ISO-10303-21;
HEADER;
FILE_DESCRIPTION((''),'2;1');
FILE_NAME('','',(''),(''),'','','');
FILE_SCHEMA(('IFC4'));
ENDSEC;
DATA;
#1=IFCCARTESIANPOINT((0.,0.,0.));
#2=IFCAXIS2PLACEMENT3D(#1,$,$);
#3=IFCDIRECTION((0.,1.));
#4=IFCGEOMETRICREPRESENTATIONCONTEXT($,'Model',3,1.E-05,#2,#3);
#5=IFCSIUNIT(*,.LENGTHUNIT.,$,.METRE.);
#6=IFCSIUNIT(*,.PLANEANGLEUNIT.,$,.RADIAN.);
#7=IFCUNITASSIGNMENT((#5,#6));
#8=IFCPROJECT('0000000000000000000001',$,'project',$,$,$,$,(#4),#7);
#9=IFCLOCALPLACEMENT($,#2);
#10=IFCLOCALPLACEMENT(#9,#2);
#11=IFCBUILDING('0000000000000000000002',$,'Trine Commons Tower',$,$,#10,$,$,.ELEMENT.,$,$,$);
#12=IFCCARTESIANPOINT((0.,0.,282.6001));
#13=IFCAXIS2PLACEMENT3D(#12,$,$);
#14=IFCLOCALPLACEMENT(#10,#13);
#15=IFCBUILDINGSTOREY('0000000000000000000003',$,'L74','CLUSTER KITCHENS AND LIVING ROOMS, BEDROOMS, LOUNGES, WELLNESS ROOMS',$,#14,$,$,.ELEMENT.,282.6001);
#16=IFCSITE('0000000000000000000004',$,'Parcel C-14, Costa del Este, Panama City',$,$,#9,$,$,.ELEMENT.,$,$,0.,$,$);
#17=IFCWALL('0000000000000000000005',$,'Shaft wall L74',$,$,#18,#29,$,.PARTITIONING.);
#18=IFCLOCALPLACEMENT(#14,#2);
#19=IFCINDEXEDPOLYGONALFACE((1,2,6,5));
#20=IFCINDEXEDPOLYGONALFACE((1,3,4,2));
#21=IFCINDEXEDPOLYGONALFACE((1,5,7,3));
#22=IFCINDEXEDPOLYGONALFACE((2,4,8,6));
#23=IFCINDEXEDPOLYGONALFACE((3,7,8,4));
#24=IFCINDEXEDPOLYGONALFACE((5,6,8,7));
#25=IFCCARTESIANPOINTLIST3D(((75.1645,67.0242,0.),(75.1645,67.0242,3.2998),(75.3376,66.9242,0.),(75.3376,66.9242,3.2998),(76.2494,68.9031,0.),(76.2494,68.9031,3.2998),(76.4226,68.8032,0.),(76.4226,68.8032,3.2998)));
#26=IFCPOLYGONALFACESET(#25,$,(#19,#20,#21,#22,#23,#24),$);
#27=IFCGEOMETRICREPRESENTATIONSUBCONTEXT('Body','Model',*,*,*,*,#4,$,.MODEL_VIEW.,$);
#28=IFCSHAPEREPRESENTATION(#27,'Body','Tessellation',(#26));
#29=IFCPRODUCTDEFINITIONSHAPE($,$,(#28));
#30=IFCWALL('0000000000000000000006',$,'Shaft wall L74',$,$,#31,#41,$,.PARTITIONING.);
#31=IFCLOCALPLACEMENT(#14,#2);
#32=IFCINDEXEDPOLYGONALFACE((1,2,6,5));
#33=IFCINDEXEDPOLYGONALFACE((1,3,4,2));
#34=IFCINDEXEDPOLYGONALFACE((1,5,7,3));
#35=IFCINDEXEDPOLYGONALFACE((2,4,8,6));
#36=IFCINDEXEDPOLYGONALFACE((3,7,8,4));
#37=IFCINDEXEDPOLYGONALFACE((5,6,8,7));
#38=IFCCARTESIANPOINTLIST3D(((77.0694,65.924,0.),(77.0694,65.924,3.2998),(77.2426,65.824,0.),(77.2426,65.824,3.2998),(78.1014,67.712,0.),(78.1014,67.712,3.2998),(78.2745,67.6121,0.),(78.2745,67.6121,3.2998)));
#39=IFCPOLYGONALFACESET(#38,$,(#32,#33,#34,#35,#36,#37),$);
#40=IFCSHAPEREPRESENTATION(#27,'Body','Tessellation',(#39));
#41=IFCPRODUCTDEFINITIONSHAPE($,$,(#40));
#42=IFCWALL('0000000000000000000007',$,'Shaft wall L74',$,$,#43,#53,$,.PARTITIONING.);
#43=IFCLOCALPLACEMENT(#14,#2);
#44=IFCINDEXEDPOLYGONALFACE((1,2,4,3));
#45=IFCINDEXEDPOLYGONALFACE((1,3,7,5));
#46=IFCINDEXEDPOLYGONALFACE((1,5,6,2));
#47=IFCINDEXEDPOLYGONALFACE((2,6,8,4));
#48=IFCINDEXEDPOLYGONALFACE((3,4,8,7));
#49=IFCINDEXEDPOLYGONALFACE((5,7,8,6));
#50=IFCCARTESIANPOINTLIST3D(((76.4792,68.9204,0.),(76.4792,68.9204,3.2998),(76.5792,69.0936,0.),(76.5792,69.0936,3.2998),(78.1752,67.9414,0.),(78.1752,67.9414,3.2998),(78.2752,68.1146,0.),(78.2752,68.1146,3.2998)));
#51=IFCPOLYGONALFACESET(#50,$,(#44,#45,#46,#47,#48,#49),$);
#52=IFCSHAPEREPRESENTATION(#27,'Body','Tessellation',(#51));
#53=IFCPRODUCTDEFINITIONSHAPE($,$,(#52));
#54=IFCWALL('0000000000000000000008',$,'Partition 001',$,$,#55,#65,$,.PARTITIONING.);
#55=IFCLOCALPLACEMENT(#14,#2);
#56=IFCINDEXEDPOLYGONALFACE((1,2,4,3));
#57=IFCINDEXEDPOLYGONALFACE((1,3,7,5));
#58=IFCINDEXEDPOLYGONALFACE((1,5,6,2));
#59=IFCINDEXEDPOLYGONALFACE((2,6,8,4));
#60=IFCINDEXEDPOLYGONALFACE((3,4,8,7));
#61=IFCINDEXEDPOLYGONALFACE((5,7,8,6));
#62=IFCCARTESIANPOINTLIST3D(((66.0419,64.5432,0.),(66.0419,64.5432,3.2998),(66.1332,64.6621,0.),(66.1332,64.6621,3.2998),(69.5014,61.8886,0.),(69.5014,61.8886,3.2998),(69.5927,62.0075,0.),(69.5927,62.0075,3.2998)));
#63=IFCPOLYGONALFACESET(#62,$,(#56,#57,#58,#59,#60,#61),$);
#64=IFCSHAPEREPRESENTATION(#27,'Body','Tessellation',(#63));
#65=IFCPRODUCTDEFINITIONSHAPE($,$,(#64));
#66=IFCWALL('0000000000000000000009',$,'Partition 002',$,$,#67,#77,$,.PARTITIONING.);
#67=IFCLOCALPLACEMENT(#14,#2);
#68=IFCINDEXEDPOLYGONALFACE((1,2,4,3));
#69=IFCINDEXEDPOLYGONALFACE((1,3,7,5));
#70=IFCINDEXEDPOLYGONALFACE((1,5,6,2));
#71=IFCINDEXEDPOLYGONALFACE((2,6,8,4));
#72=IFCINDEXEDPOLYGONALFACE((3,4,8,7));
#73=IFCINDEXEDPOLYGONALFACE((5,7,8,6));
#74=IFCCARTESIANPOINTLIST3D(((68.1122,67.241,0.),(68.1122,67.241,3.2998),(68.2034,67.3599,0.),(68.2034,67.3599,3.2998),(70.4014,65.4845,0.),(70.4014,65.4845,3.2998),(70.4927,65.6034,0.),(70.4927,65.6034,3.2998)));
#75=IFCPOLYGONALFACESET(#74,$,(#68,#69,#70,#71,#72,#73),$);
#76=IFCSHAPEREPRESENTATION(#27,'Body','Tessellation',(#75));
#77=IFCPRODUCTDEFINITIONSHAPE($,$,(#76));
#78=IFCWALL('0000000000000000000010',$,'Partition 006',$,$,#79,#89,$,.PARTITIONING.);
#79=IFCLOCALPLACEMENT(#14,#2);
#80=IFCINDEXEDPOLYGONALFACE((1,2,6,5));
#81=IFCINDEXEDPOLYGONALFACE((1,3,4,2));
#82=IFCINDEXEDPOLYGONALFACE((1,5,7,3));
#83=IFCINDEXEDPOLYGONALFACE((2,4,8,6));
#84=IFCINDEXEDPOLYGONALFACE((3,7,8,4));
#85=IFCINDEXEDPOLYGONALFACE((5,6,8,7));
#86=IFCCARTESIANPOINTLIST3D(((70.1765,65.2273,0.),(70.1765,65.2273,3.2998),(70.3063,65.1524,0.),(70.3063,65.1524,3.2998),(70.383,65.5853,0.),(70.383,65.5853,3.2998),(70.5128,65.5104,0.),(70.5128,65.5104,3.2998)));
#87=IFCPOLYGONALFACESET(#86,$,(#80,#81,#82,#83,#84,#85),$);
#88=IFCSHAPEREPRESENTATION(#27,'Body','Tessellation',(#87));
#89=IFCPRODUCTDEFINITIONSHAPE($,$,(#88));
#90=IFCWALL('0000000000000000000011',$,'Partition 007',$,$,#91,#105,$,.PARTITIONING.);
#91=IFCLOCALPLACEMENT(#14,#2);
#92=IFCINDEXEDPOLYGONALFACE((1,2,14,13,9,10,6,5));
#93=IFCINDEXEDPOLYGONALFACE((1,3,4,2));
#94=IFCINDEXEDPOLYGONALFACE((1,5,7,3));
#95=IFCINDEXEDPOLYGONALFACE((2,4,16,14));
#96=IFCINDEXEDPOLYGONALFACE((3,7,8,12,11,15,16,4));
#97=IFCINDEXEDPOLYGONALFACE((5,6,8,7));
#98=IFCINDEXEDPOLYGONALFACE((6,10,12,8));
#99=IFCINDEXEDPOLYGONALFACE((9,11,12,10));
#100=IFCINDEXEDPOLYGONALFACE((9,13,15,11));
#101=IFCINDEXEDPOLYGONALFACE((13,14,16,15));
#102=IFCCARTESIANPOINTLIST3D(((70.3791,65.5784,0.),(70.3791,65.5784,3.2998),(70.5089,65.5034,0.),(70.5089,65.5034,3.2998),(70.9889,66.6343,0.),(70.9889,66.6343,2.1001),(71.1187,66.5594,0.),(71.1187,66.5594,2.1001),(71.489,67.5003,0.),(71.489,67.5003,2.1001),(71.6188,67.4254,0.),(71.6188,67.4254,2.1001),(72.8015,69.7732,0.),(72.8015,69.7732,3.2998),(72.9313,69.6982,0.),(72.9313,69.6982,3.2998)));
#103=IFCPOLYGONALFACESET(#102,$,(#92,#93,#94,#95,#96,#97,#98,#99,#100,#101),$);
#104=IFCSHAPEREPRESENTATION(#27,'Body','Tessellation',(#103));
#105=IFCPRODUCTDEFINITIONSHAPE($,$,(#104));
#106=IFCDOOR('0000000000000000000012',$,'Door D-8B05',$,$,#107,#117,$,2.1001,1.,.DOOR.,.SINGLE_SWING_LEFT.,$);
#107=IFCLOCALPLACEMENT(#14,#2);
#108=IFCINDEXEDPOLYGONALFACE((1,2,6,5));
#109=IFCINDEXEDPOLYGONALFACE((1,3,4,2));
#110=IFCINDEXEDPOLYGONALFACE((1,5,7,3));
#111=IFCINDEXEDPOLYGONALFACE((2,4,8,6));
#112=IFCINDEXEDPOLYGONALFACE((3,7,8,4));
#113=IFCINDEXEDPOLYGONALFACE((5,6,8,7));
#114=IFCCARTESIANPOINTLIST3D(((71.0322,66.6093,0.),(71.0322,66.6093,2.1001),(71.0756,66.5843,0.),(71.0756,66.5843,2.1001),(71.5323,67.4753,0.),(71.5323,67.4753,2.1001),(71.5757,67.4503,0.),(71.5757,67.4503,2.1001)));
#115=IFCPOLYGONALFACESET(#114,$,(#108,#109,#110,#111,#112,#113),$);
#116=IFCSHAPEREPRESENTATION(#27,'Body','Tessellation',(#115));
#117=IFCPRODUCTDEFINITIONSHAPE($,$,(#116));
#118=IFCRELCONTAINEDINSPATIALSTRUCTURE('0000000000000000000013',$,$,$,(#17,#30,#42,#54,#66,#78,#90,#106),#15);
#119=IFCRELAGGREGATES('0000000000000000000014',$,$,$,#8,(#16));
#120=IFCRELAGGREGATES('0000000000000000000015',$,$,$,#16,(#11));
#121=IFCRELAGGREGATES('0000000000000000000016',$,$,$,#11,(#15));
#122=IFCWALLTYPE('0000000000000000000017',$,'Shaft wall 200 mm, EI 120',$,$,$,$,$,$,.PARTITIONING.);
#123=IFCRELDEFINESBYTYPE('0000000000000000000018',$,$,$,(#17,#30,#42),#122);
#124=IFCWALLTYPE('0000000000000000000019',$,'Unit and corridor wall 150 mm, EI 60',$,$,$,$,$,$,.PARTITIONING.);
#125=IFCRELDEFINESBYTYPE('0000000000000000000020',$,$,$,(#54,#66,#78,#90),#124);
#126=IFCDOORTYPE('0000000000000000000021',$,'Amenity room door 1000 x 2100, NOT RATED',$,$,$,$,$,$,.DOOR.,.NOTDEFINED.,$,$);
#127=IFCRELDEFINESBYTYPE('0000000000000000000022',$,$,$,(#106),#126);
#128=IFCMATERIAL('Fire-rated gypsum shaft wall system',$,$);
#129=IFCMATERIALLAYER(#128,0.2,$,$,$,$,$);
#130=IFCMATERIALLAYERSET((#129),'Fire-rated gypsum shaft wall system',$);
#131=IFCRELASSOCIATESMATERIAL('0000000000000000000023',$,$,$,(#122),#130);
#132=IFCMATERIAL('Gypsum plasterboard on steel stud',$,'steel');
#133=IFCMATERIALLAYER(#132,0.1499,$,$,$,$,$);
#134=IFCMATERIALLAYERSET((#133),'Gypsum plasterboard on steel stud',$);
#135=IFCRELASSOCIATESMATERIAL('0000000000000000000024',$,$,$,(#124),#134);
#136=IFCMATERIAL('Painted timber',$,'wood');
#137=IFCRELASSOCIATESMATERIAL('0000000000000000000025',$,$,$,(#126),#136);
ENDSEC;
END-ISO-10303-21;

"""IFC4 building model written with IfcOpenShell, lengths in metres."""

from ifc_helpers import new_model, si_unit, direction, frame, frame_2d, origin, place, context, subcontext, project, spatial, rectangle, extrude, material, layer, layer_set, type_object, element, fill, save


model = new_model("IFC4")

# Units and contexts
model_context = context("Model", 3, precision=1e-05, world=origin(), true_north=direction((0.0, 1.0)))
body_context = subcontext(model_context, "Body", "Model", "MODEL_VIEW")
ifc_project = project(units=[si_unit("LENGTHUNIT", "METRE"), si_unit("PLANEANGLEUNIT", "RADIAN")], contexts=[model_context])

# Site, building, storey
site_placement = place(None, origin())
site = spatial("IfcSite", under=ifc_project, at=site_placement, Name="Parcel C-14, Costa del Este, Panama City", CompositionType="ELEMENT", RefElevation=0.0)
building_placement = place(site_placement, origin())
building = spatial("IfcBuilding", under=site, at=building_placement, Name="Trine Commons Tower", CompositionType="ELEMENT")
storey_placement = place(building_placement, frame((0.0, 0.0, 282.6001)))
storey = spatial("IfcBuildingStorey", under=building, at=storey_placement, Name="L74", Description="CLUSTER KITCHENS AND LIVING ROOMS, BEDROOMS, LOUNGES, WELLNESS ROOMS", CompositionType="ELEMENT", Elevation=282.6001)

# Shared definitions
ifc_material_1 = material(Name="Fire-rated gypsum shaft wall system")

# Walls
ifc_layer_1 = layer(ifc_material_1, 0.2)
ifc_layer_set_1 = layer_set([ifc_layer_1], Name="Fire-rated gypsum shaft wall system")
wall_type_1 = type_object("IfcWallType", Name="Shaft wall 200 mm, EI 120", PredefinedType="PARTITIONING", material=ifc_layer_set_1)
wall_1_placement = place(storey_placement, frame((75.251, 66.9741, 0.0), z_axis=(0.0, 0.0, 1.0), x_axis=(0.50006, 0.865991, 0.0)))
element("IfcWall", 1, at=wall_1_placement, inside=storey, type_object=wall_type_1, Name="Shaft wall L74", PredefinedType="PARTITIONING", context=body_context, shape_type="SweptSolid", body=[
    extrude(rectangle(XDim=2.1697, YDim=0.2, at=frame_2d((1.085, 0.0))), origin(), (0.0, 0.0, 1.0), 3.2998),
])
wall_2_placement = place(storey_placement, frame((77.156, 65.874, 0.0), z_axis=(0.0, 0.0, 1.0), x_axis=(0.499866, 0.866103, 0.0)))
element("IfcWall", 2, at=wall_2_placement, inside=storey, type_object=wall_type_1, Name="Shaft wall L74", PredefinedType="PARTITIONING", context=body_context, shape_type="SweptSolid", body=[
    extrude(rectangle(XDim=2.0645, YDim=0.2, at=frame_2d((1.0322, 0.0))), origin(), (0.0, 0.0, 1.0), 3.2998),
])
wall_3_placement = place(storey_placement, frame((78.2251, 68.0281, 0.0), z_axis=(0.0, 0.0, 1.0), x_axis=(-0.866071, 0.49992, 0.0)))
element("IfcWall", 3, at=wall_3_placement, inside=storey, type_object=wall_type_1, Name="Shaft wall L74", PredefinedType="PARTITIONING", context=body_context, shape_type="SweptSolid", body=[
    extrude(rectangle(XDim=1.9583, YDim=0.2, at=frame_2d((0.979, 0.0))), origin(), (0.0, 0.0, 1.0), 3.2998),
])
ifc_material_2 = material(Name="Gypsum plasterboard on steel stud", Category="steel")
ifc_layer_2 = layer(ifc_material_2, 0.1499)
ifc_layer_set_2 = layer_set([ifc_layer_2], Name="Gypsum plasterboard on steel stud")
wall_type_2 = type_object("IfcWallType", Name="Unit and corridor wall 150 mm, EI 60", PredefinedType="PARTITIONING", material=ifc_layer_set_2)
wall_4_placement = place(storey_placement, frame((66.0876, 64.6025, 0.0), z_axis=(0.0, 0.0, 1.0), x_axis=(0.793354, -0.608761, 0.0)))
element("IfcWall", 4, at=wall_4_placement, inside=storey, type_object=wall_type_2, Name="Partition 001", PredefinedType="PARTITIONING", context=body_context, shape_type="SweptSolid", body=[
    extrude(rectangle(XDim=4.3606, YDim=0.1499, at=frame_2d((2.1802, 0.0))), origin(), (0.0, 0.0, 1.0), 3.2998),
])
wall_5_placement = place(storey_placement, frame((68.1577, 67.3005, 0.0), z_axis=(0.0, 0.0, 1.0), x_axis=(0.793363, -0.608749, 0.0)))
element("IfcWall", 5, at=wall_5_placement, inside=storey, type_object=wall_type_2, Name="Partition 002", PredefinedType="PARTITIONING", context=body_context, shape_type="SweptSolid", body=[
    extrude(rectangle(XDim=2.8855, YDim=0.1499, at=frame_2d((1.4429, 0.0))), origin(), (0.0, 0.0, 1.0), 3.2998),
])
wall_6_placement = place(storey_placement, frame((70.2415, 65.1899, 0.0), z_axis=(0.0, 0.0, 1.0), x_axis=(0.499569, 0.866274, 0.0)))
element("IfcWall", 6, at=wall_6_placement, inside=storey, type_object=wall_type_2, Name="Partition 006", PredefinedType="PARTITIONING", context=body_context, shape_type="SweptSolid", body=[
    extrude(rectangle(XDim=0.4133, YDim=0.1499, at=frame_2d((0.2065, 0.0))), origin(), (0.0, 0.0, 1.0), 3.2998),
])

# Wall, opening, door
wall_7_placement = place(storey_placement, frame((70.4441, 65.541, 0.0), z_axis=(0.0, 0.0, 1.0), x_axis=(0.500074, 0.865982, 0.0)))
wall_7 = element("IfcWall", 7, at=wall_7_placement, inside=storey, type_object=wall_type_2, Name="Partition 007", PredefinedType="PARTITIONING", context=body_context, shape_type="SweptSolid", body=[
    extrude(rectangle(XDim=4.844, YDim=0.1499, at=frame_2d((2.4219, 0.0))), origin(), (0.0, 0.0, 1.0), 3.2998),
])
opening_1_placement = place(wall_7_placement, frame((1.2192, 0.0, 0.0)))
opening_1 = element("IfcOpeningElement", 8, at=opening_1_placement, cuts=wall_7, PredefinedType="OPENING", context=body_context, shape_type="SweptSolid", body=[
    extrude(rectangle(XDim=1.0, YDim=2.1001, at=frame_2d((0.5, 1.05))), frame((0.0, 0.085, 0.0), z_axis=(0.0, -1.0, 0.0), x_axis=(1.0, 0.0, 0.0)), (0.0, 0.0, 1.0), 0.1699),
])
ifc_material_3 = material(Name="Painted timber", Category="wood")
door_type_1 = type_object("IfcDoorType", Name="Amenity room door 1000 x 2100, NOT RATED", OperationType="NOTDEFINED", PredefinedType="DOOR", material=ifc_material_3)
door_1_placement = place(opening_1_placement, origin())
door_1 = element("IfcDoor", 9, at=door_1_placement, inside=storey, type_object=door_type_1, Name="Door D-8B05", OperationType="SINGLE_SWING_LEFT", OverallHeight=2.1001, OverallWidth=1.0, PredefinedType="DOOR", context=body_context, shape_type="SweptSolid", body=[
    extrude(rectangle(XDim=1.0, YDim=2.1001, at=frame_2d((0.5, 1.05))), frame((0.0, 0.0249, 0.0), z_axis=(0.0, -1.0, 0.0), x_axis=(1.0, 0.0, 0.0)), (0.0, 0.0, 1.0), 0.05),
])
fill(opening_1, door_1)

save(model, "model.ifc")
